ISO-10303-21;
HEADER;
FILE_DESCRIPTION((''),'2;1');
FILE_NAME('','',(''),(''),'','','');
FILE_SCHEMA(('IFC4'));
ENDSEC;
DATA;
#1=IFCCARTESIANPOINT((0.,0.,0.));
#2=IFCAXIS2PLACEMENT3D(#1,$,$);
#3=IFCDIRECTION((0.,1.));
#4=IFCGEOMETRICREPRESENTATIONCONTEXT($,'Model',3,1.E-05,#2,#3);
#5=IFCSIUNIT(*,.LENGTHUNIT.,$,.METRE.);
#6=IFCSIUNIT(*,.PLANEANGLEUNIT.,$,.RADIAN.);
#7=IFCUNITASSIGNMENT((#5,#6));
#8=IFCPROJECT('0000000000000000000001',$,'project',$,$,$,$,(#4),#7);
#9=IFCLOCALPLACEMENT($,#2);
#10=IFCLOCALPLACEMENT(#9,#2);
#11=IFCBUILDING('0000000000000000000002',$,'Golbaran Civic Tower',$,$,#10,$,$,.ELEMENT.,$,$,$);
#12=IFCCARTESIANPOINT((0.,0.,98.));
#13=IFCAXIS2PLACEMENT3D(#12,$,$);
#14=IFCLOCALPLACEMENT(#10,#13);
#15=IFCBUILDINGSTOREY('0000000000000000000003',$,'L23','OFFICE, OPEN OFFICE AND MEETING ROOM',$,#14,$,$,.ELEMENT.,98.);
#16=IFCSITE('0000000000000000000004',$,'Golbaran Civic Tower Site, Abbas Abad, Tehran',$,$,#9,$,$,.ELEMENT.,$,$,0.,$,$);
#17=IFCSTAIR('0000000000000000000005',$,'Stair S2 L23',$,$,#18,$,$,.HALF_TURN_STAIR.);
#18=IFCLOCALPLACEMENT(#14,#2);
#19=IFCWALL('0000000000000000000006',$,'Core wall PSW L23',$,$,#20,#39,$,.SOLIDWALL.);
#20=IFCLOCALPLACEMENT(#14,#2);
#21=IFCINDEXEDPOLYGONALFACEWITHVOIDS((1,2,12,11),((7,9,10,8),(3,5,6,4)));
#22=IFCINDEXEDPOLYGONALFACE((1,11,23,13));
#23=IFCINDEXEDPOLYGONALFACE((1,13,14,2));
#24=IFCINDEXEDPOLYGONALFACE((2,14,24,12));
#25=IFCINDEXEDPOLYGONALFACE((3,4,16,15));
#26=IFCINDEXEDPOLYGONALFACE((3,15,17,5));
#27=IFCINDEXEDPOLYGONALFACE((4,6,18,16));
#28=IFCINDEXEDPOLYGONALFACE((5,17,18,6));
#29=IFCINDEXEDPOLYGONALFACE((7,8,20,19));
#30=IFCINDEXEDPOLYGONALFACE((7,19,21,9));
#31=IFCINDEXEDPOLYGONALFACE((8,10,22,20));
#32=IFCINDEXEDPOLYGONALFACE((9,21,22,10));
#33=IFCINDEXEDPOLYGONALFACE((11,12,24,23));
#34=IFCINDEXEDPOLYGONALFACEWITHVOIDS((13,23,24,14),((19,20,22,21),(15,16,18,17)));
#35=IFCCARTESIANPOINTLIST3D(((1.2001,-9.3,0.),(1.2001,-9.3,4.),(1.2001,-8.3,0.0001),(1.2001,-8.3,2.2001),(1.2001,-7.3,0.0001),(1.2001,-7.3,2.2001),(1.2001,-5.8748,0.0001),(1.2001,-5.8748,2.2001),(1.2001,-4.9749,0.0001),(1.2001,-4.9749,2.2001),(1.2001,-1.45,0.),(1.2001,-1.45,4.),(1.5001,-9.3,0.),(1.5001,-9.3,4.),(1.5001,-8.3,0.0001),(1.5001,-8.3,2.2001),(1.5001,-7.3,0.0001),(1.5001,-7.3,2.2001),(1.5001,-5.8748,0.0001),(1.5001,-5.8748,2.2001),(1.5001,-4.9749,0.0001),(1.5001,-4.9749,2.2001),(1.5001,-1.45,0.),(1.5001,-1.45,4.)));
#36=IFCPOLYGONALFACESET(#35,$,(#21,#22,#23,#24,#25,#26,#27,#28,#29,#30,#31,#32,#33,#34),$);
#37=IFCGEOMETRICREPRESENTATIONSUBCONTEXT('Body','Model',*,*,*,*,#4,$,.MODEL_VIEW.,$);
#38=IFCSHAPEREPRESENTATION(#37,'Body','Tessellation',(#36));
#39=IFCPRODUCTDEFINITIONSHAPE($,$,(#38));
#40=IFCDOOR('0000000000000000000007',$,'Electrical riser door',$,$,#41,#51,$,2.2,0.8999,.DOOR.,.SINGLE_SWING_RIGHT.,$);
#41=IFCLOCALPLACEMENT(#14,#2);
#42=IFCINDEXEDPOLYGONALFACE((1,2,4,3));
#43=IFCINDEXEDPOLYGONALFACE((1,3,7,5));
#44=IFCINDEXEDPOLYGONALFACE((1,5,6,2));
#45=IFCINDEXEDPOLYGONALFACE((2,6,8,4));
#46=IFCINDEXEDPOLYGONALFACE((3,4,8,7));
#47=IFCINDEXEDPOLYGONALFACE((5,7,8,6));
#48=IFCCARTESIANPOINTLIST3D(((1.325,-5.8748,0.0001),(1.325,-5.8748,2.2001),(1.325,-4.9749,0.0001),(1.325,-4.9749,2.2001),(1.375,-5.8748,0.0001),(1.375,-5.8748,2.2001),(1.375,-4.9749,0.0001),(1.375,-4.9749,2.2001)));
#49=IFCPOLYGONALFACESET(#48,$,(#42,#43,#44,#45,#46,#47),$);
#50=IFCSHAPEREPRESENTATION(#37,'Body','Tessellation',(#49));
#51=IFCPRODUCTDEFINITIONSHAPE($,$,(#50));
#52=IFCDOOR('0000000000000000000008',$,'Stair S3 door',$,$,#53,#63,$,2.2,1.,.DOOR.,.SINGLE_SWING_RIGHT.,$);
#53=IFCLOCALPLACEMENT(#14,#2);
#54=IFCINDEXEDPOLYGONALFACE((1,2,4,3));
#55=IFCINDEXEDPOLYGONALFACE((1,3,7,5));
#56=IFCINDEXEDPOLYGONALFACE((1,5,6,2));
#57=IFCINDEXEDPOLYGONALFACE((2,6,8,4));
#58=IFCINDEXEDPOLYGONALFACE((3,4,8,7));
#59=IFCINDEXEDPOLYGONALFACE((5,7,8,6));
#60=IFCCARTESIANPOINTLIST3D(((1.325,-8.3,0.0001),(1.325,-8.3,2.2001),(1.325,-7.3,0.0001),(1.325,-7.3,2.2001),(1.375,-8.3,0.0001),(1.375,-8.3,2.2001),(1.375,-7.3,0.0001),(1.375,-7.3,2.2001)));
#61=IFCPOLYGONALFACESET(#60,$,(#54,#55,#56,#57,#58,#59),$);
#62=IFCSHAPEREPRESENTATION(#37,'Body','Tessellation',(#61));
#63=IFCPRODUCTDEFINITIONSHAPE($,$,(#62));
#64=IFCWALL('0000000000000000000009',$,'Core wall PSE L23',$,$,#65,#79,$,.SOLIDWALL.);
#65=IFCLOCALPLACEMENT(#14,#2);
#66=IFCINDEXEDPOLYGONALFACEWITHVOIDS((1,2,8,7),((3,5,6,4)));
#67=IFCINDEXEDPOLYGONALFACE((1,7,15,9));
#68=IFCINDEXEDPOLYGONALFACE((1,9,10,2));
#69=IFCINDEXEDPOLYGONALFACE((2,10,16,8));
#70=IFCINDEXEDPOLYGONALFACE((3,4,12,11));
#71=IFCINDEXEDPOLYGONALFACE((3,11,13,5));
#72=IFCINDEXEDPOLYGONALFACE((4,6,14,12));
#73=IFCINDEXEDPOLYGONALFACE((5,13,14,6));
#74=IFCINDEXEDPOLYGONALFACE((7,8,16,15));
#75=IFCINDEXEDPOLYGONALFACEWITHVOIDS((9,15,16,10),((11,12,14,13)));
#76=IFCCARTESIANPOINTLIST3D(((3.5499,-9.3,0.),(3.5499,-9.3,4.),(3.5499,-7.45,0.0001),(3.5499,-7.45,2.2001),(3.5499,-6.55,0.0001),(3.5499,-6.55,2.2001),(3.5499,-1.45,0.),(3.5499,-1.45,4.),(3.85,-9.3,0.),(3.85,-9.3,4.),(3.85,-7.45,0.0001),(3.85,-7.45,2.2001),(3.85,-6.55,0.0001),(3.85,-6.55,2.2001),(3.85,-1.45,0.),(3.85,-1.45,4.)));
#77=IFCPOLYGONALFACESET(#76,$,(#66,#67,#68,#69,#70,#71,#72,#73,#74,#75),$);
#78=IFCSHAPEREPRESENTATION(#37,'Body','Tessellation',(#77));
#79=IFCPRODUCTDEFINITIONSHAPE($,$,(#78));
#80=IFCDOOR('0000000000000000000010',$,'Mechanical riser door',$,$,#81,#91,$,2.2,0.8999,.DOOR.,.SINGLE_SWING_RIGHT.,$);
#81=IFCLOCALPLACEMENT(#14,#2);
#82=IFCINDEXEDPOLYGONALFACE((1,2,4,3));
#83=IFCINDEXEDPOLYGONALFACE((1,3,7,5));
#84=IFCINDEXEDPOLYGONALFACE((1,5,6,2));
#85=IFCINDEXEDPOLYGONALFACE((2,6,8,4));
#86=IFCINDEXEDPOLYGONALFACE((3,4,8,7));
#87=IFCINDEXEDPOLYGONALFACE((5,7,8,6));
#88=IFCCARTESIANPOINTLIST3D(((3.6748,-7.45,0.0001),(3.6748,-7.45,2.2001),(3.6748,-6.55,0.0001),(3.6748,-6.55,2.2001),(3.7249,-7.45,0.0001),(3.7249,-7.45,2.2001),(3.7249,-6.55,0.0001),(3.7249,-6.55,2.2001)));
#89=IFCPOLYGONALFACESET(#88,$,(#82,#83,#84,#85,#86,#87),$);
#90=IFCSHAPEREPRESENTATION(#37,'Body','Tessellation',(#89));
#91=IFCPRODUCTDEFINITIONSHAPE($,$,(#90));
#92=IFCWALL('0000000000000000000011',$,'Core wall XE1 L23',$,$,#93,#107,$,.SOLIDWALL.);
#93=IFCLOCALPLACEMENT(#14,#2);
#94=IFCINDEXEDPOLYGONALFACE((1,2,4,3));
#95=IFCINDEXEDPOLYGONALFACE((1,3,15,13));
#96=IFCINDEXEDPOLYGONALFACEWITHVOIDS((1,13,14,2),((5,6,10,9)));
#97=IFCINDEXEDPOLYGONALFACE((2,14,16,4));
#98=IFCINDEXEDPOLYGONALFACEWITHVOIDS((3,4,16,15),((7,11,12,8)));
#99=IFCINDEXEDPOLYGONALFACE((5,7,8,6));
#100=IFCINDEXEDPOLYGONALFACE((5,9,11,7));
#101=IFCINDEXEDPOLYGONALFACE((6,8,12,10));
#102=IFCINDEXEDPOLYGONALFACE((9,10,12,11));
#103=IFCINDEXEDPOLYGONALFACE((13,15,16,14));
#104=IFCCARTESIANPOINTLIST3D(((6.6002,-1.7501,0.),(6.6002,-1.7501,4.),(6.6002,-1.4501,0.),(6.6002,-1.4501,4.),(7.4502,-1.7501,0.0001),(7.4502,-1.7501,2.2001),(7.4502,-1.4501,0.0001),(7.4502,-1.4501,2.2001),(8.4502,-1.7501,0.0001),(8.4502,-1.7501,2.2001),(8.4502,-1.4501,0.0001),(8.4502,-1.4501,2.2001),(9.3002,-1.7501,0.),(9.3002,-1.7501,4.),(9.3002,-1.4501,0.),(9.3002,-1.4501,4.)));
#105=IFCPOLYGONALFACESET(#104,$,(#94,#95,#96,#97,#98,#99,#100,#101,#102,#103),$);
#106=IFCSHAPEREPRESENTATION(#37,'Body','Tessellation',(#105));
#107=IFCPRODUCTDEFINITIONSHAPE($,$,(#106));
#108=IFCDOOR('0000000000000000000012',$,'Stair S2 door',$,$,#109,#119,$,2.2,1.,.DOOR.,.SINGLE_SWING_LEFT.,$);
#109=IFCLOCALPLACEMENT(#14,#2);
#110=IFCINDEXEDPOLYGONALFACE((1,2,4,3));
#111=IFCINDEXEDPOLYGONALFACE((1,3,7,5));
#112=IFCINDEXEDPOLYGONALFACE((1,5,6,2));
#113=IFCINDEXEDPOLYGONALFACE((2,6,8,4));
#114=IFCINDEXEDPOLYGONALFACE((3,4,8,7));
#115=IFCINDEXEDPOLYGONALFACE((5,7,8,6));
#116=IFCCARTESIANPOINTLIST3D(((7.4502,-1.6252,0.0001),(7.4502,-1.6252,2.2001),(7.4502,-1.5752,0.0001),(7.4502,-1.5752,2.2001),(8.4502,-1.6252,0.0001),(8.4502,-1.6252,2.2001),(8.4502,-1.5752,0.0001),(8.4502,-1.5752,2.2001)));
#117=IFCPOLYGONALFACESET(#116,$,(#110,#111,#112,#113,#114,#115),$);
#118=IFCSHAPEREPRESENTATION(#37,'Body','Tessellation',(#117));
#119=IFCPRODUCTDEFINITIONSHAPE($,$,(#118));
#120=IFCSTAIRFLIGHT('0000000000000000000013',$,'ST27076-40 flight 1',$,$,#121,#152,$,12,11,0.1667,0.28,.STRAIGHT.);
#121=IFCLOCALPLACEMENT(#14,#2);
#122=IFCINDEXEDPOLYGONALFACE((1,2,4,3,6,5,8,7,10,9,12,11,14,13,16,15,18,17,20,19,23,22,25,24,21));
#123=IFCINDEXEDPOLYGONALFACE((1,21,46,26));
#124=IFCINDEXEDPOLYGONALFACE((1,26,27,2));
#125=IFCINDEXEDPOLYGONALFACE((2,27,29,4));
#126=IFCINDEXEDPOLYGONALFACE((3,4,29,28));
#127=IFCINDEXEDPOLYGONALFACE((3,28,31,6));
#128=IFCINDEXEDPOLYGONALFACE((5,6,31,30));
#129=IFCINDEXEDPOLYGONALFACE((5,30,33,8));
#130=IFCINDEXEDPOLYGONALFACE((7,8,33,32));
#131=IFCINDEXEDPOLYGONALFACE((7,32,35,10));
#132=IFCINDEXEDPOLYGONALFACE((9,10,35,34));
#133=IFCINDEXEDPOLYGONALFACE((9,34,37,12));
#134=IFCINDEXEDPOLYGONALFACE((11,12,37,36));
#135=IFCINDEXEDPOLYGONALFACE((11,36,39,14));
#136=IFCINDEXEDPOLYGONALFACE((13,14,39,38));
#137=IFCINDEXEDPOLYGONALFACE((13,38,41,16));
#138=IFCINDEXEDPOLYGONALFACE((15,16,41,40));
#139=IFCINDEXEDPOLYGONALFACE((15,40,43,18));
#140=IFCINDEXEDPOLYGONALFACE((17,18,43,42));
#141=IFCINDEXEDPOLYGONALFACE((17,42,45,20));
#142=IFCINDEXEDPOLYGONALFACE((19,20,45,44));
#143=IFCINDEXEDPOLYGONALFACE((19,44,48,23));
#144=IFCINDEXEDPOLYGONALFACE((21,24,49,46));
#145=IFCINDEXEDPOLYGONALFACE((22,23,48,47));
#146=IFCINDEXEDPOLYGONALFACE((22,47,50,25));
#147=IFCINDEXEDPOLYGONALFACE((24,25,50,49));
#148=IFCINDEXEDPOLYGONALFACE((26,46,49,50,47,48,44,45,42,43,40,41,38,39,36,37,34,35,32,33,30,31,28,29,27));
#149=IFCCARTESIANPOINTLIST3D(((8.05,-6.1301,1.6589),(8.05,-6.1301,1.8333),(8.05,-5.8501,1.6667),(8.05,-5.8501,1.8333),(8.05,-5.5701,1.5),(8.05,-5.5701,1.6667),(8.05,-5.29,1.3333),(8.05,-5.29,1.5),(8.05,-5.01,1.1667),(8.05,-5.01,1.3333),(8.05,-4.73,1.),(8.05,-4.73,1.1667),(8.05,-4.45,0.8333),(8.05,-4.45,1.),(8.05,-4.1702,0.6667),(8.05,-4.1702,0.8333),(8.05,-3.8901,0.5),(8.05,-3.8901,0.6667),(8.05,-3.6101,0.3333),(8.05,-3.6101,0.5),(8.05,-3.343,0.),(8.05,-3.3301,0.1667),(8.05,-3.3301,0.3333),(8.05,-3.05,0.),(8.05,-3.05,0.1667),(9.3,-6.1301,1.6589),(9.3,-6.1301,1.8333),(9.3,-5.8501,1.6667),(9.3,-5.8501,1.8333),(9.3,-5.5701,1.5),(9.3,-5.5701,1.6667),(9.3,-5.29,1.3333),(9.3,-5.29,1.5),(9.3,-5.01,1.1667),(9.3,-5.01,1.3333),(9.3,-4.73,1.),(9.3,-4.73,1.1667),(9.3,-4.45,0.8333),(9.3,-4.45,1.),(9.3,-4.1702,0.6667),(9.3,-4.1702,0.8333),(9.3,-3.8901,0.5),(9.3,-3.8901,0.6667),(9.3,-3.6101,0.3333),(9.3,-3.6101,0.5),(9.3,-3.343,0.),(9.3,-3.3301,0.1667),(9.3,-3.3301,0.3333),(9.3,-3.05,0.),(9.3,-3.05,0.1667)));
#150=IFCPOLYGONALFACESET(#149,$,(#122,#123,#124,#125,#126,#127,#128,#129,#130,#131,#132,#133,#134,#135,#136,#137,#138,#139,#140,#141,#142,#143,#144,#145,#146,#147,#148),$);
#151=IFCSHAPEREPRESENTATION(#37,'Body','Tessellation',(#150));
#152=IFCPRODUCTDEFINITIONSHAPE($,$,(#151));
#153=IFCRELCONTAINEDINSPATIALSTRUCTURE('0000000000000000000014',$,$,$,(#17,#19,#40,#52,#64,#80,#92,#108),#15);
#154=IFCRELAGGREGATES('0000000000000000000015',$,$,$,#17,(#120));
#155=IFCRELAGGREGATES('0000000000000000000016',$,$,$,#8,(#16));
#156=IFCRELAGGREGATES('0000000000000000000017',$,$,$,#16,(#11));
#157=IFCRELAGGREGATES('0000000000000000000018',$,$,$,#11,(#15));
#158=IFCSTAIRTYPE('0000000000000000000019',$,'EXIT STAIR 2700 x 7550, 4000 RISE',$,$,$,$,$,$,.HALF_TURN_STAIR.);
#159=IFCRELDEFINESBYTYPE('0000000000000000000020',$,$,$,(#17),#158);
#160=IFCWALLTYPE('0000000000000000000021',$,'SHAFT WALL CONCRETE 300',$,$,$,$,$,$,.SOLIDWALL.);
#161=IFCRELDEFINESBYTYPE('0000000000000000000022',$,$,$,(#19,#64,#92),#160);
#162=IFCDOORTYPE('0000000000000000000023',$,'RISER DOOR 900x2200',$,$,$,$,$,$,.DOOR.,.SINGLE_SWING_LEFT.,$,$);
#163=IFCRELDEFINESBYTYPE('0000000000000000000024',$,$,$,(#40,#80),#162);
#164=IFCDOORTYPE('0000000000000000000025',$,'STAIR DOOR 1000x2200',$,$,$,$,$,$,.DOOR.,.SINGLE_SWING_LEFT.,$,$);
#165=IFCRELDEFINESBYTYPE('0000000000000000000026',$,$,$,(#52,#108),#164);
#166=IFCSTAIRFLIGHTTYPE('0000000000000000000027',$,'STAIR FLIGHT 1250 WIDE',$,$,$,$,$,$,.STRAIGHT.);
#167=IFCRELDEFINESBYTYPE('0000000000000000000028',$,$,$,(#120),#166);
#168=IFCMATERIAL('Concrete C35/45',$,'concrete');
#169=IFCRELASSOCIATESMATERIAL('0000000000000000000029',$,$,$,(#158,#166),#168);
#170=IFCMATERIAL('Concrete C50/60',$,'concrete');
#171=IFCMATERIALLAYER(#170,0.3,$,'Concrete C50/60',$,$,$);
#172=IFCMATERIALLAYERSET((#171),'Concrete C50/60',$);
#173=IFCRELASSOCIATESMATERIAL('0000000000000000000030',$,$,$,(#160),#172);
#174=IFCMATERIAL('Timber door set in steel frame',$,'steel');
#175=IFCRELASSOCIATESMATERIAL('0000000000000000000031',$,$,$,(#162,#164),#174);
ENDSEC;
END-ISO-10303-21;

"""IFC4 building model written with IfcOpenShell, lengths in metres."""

from ifc_helpers import new_model, si_unit, direction, frame, frame_2d, origin, place, context, subcontext, project, spatial, polyline, rectangle, outline, extrude, material, layer, layer_set, type_object, element, fill, aggregate, save


model = new_model("IFC4")

# Units and contexts
model_context = context("Model", 3, precision=1e-05, world=origin(), true_north=direction((0.0, 1.0)))
body_context = subcontext(model_context, "Body", "Model", "MODEL_VIEW")
ifc_project = project(units=[si_unit("LENGTHUNIT", "METRE"), si_unit("PLANEANGLEUNIT", "RADIAN")], contexts=[model_context])

# Site, building, storey
site_placement = place(None, origin())
site = spatial("IfcSite", under=ifc_project, at=site_placement, Name="Golbaran Civic Tower Site, Abbas Abad, Tehran", CompositionType="ELEMENT", RefElevation=0.0)
building_placement = place(site_placement, origin())
building = spatial("IfcBuilding", under=site, at=building_placement, Name="Golbaran Civic Tower", CompositionType="ELEMENT")
storey_placement = place(building_placement, frame((0.0, 0.0, 98.0)))
storey = spatial("IfcBuildingStorey", under=building, at=storey_placement, Name="L23", Description="OFFICE, OPEN OFFICE AND MEETING ROOM", CompositionType="ELEMENT", Elevation=98.0)

# Stair
ifc_material_1 = material(Name="Concrete C35/45", Category="concrete")
stair_type = type_object("IfcStairType", Name="EXIT STAIR 2700 x 7550, 4000 RISE", PredefinedType="HALF_TURN_STAIR", material=ifc_material_1)
stair_placement = place(storey_placement, origin())
stair = element("IfcStair", 1, at=stair_placement, inside=storey, type_object=stair_type, Name="Stair S2 L23", PredefinedType="HALF_TURN_STAIR")

# Shared definitions
ifc_material_2 = material(Name="Timber door set in steel frame", Category="steel")

# Shared definitions
ifc_material_3 = material(Name="Concrete C50/60", Category="concrete")
ifc_layer_1 = layer(ifc_material_3, 0.3, Name="Concrete C50/60")
ifc_layer_set_1 = layer_set([ifc_layer_1], Name="Concrete C50/60")
wall_type_1 = type_object("IfcWallType", Name="SHAFT WALL CONCRETE 300", PredefinedType="SOLIDWALL", material=ifc_layer_set_1)

# Wall, openings, doors
wall_1_placement = place(storey_placement, frame((1.3501, -1.45, 0.0), z_axis=(0.0, 0.0, 1.0), x_axis=(0.0, -1.0, 0.0)))
wall_1 = element("IfcWall", 2, at=wall_1_placement, inside=storey, type_object=wall_type_1, Name="Core wall PSW L23", PredefinedType="SOLIDWALL", context=body_context, shape_type="SweptSolid", body=[
    extrude(rectangle(XDim=7.8501, YDim=0.3, at=frame_2d((3.925, 0.0))), origin(), (0.0, 0.0, 1.0), 4.0),
])
opening_1_placement = place(wall_1_placement, frame((5.8501, 0.0, 0.0)))
opening_1 = element("IfcOpeningElement", 3, at=opening_1_placement, cuts=wall_1, PredefinedType="OPENING", context=body_context, shape_type="SweptSolid", body=[
    extrude(rectangle(XDim=1.0, YDim=2.2, at=frame_2d((0.5, 1.1001))), frame((0.0, 0.1599, 0.0), z_axis=(0.0, -1.0, 0.0), x_axis=(1.0, 0.0, 0.0)), (0.0, 0.0, 1.0), 0.3201),
])
opening_2_placement = place(wall_1_placement, frame((3.5249, 0.0, 0.0)))
opening_2 = element("IfcOpeningElement", 4, at=opening_2_placement, cuts=wall_1, PredefinedType="OPENING", context=body_context, shape_type="SweptSolid", body=[
    extrude(rectangle(XDim=0.8999, YDim=2.2, at=frame_2d((0.45, 1.1001))), frame((0.0, 0.1599, 0.0), z_axis=(0.0, -1.0, 0.0), x_axis=(1.0, 0.0, 0.0)), (0.0, 0.0, 1.0), 0.3201),
])
door_type_1 = type_object("IfcDoorType", Name="RISER DOOR 900x2200", OperationType="SINGLE_SWING_LEFT", PredefinedType="DOOR", material=ifc_material_2)
door_1_placement = place(opening_2_placement, origin())
door_1 = element("IfcDoor", 5, at=door_1_placement, inside=storey, type_object=door_type_1, Name="Electrical riser door", OperationType="SINGLE_SWING_RIGHT", OverallHeight=2.2, OverallWidth=0.8999, PredefinedType="DOOR", context=body_context, shape_type="SweptSolid", body=[
    extrude(rectangle(XDim=0.8999, YDim=2.2, at=frame_2d((0.45, 1.1001))), frame((0.0, 0.0249, 0.0), z_axis=(0.0, -1.0, 0.0), x_axis=(1.0, 0.0, 0.0)), (0.0, 0.0, 1.0), 0.05),
])
fill(opening_2, door_1)
door_type_2 = type_object("IfcDoorType", Name="STAIR DOOR 1000x2200", OperationType="SINGLE_SWING_LEFT", PredefinedType="DOOR", material=ifc_material_2)
door_2_placement = place(opening_1_placement, origin())
door_2 = element("IfcDoor", 6, at=door_2_placement, inside=storey, type_object=door_type_2, Name="Stair S3 door", OperationType="SINGLE_SWING_RIGHT", OverallHeight=2.2, OverallWidth=1.0, PredefinedType="DOOR", context=body_context, shape_type="SweptSolid", body=[
    extrude(rectangle(XDim=1.0, YDim=2.2, at=frame_2d((0.5, 1.1001))), frame((0.0, 0.0249, 0.0), z_axis=(0.0, -1.0, 0.0), x_axis=(1.0, 0.0, 0.0)), (0.0, 0.0, 1.0), 0.05),
])
fill(opening_1, door_2)

# Walls, openings, doors
wall_2_placement = place(storey_placement, frame((3.7, -1.45, 0.0), z_axis=(0.0, 0.0, 1.0), x_axis=(0.0, -1.0, 0.0)))
wall_2 = element("IfcWall", 7, at=wall_2_placement, inside=storey, type_object=wall_type_1, Name="Core wall PSE L23", PredefinedType="SOLIDWALL", context=body_context, shape_type="SweptSolid", body=[
    extrude(rectangle(XDim=7.8501, YDim=0.3, at=frame_2d((3.925, 0.0))), origin(), (0.0, 0.0, 1.0), 4.0),
])
opening_3_placement = place(wall_2_placement, frame((5.1001, 0.0, 0.0)))
opening_3 = element("IfcOpeningElement", 8, at=opening_3_placement, cuts=wall_2, PredefinedType="OPENING", context=body_context, shape_type="SweptSolid", body=[
    extrude(rectangle(XDim=0.8999, YDim=2.2, at=frame_2d((0.45, 1.1001))), frame((0.0, 0.1599, 0.0), z_axis=(0.0, -1.0, 0.0), x_axis=(1.0, 0.0, 0.0)), (0.0, 0.0, 1.0), 0.3201),
])
door_3_placement = place(opening_3_placement, origin())
door_3 = element("IfcDoor", 9, at=door_3_placement, inside=storey, type_object=door_type_1, Name="Mechanical riser door", OperationType="SINGLE_SWING_RIGHT", OverallHeight=2.2, OverallWidth=0.8999, PredefinedType="DOOR", context=body_context, shape_type="SweptSolid", body=[
    extrude(rectangle(XDim=0.8999, YDim=2.2, at=frame_2d((0.45, 1.1001))), frame((0.0, 0.0249, 0.0), z_axis=(0.0, -1.0, 0.0), x_axis=(1.0, 0.0, 0.0)), (0.0, 0.0, 1.0), 0.05),
])
fill(opening_3, door_3)
wall_3_placement = place(storey_placement, frame((6.6001, -1.6001, 0.0), z_axis=(0.0, 0.0, 1.0), x_axis=(1.0, 0.0, 0.0)))
wall_3 = element("IfcWall", 10, at=wall_3_placement, inside=storey, type_object=wall_type_1, Name="Core wall XE1 L23", PredefinedType="SOLIDWALL", context=body_context, shape_type="SweptSolid", body=[
    extrude(rectangle(XDim=2.7, YDim=0.3, at=frame_2d((1.3501, 0.0))), origin(), (0.0, 0.0, 1.0), 4.0),
])
opening_4_placement = place(wall_3_placement, frame((0.8501, 0.0, 0.0)))
opening_4 = element("IfcOpeningElement", 11, at=opening_4_placement, cuts=wall_3, PredefinedType="OPENING", context=body_context, shape_type="SweptSolid", body=[
    extrude(rectangle(XDim=1.0, YDim=2.2, at=frame_2d((0.5, 1.1001))), frame((0.0, 0.1599, 0.0), z_axis=(0.0, -1.0, 0.0), x_axis=(1.0, 0.0, 0.0)), (0.0, 0.0, 1.0), 0.3201),
])
door_4_placement = place(opening_4_placement, origin())
door_4 = element("IfcDoor", 12, at=door_4_placement, inside=storey, type_object=door_type_2, Name="Stair S2 door", OperationType="SINGLE_SWING_LEFT", OverallHeight=2.2, OverallWidth=1.0, PredefinedType="DOOR", context=body_context, shape_type="SweptSolid", body=[
    extrude(rectangle(XDim=1.0, YDim=2.2, at=frame_2d((0.5, 1.1001))), frame((0.0, 0.0249, 0.0), z_axis=(0.0, -1.0, 0.0), x_axis=(1.0, 0.0, 0.0)), (0.0, 0.0, 1.0), 0.05),
])
fill(opening_4, door_4)

# Stair flight
stair_flight_type = type_object("IfcStairFlightType", Name="STAIR FLIGHT 1250 WIDE", PredefinedType="STRAIGHT", material=ifc_material_1)
stair_flight_1_placement = place(storey_placement, frame((8.675, -3.05, 0.0), z_axis=(0.0, 0.0, 1.0), x_axis=(0.0, -1.0, 0.0)))
stair_flight_1 = element("IfcStairFlight", 13, at=stair_flight_1_placement, type_object=stair_flight_type, Name="ST27076-40 flight 1", NumberOfRisers=12, NumberOfTreads=11, PredefinedType="STRAIGHT", RiserHeight=0.1667, TreadLength=0.28, context=body_context, shape_type="SweptSolid", body=[
    extrude(outline(polyline([(0.0, 0.0), (0.0, 0.1667), (0.28, 0.1667), (0.28, 0.3333), (0.5601, 0.3333), (0.5601, 0.5), (0.8401, 0.5), (0.8401, 0.6667), (1.1201, 0.6667), (1.1201, 0.8333), (1.3999, 0.8333), (1.3999, 1.0), (1.6799, 1.0), (1.6799, 1.1667), (1.96, 1.1667), (1.96, 1.3333), (2.24, 1.3333), (2.24, 1.5), (2.52, 1.5), (2.52, 1.6667), (2.8, 1.6667), (2.8, 1.8333), (3.0801, 1.8333), (3.0801, 2.0), (3.0801, 1.6589), (0.293, 0.0), (0.0, 0.0)])), frame((0.0, 0.625, 0.0), z_axis=(0.0, -1.0, 0.0), x_axis=(1.0, 0.0, 0.0)), (0.0, 0.0, 1.0), 1.25),
])
aggregate(stair, [stair_flight_1])

save(model, "model.ifc")
